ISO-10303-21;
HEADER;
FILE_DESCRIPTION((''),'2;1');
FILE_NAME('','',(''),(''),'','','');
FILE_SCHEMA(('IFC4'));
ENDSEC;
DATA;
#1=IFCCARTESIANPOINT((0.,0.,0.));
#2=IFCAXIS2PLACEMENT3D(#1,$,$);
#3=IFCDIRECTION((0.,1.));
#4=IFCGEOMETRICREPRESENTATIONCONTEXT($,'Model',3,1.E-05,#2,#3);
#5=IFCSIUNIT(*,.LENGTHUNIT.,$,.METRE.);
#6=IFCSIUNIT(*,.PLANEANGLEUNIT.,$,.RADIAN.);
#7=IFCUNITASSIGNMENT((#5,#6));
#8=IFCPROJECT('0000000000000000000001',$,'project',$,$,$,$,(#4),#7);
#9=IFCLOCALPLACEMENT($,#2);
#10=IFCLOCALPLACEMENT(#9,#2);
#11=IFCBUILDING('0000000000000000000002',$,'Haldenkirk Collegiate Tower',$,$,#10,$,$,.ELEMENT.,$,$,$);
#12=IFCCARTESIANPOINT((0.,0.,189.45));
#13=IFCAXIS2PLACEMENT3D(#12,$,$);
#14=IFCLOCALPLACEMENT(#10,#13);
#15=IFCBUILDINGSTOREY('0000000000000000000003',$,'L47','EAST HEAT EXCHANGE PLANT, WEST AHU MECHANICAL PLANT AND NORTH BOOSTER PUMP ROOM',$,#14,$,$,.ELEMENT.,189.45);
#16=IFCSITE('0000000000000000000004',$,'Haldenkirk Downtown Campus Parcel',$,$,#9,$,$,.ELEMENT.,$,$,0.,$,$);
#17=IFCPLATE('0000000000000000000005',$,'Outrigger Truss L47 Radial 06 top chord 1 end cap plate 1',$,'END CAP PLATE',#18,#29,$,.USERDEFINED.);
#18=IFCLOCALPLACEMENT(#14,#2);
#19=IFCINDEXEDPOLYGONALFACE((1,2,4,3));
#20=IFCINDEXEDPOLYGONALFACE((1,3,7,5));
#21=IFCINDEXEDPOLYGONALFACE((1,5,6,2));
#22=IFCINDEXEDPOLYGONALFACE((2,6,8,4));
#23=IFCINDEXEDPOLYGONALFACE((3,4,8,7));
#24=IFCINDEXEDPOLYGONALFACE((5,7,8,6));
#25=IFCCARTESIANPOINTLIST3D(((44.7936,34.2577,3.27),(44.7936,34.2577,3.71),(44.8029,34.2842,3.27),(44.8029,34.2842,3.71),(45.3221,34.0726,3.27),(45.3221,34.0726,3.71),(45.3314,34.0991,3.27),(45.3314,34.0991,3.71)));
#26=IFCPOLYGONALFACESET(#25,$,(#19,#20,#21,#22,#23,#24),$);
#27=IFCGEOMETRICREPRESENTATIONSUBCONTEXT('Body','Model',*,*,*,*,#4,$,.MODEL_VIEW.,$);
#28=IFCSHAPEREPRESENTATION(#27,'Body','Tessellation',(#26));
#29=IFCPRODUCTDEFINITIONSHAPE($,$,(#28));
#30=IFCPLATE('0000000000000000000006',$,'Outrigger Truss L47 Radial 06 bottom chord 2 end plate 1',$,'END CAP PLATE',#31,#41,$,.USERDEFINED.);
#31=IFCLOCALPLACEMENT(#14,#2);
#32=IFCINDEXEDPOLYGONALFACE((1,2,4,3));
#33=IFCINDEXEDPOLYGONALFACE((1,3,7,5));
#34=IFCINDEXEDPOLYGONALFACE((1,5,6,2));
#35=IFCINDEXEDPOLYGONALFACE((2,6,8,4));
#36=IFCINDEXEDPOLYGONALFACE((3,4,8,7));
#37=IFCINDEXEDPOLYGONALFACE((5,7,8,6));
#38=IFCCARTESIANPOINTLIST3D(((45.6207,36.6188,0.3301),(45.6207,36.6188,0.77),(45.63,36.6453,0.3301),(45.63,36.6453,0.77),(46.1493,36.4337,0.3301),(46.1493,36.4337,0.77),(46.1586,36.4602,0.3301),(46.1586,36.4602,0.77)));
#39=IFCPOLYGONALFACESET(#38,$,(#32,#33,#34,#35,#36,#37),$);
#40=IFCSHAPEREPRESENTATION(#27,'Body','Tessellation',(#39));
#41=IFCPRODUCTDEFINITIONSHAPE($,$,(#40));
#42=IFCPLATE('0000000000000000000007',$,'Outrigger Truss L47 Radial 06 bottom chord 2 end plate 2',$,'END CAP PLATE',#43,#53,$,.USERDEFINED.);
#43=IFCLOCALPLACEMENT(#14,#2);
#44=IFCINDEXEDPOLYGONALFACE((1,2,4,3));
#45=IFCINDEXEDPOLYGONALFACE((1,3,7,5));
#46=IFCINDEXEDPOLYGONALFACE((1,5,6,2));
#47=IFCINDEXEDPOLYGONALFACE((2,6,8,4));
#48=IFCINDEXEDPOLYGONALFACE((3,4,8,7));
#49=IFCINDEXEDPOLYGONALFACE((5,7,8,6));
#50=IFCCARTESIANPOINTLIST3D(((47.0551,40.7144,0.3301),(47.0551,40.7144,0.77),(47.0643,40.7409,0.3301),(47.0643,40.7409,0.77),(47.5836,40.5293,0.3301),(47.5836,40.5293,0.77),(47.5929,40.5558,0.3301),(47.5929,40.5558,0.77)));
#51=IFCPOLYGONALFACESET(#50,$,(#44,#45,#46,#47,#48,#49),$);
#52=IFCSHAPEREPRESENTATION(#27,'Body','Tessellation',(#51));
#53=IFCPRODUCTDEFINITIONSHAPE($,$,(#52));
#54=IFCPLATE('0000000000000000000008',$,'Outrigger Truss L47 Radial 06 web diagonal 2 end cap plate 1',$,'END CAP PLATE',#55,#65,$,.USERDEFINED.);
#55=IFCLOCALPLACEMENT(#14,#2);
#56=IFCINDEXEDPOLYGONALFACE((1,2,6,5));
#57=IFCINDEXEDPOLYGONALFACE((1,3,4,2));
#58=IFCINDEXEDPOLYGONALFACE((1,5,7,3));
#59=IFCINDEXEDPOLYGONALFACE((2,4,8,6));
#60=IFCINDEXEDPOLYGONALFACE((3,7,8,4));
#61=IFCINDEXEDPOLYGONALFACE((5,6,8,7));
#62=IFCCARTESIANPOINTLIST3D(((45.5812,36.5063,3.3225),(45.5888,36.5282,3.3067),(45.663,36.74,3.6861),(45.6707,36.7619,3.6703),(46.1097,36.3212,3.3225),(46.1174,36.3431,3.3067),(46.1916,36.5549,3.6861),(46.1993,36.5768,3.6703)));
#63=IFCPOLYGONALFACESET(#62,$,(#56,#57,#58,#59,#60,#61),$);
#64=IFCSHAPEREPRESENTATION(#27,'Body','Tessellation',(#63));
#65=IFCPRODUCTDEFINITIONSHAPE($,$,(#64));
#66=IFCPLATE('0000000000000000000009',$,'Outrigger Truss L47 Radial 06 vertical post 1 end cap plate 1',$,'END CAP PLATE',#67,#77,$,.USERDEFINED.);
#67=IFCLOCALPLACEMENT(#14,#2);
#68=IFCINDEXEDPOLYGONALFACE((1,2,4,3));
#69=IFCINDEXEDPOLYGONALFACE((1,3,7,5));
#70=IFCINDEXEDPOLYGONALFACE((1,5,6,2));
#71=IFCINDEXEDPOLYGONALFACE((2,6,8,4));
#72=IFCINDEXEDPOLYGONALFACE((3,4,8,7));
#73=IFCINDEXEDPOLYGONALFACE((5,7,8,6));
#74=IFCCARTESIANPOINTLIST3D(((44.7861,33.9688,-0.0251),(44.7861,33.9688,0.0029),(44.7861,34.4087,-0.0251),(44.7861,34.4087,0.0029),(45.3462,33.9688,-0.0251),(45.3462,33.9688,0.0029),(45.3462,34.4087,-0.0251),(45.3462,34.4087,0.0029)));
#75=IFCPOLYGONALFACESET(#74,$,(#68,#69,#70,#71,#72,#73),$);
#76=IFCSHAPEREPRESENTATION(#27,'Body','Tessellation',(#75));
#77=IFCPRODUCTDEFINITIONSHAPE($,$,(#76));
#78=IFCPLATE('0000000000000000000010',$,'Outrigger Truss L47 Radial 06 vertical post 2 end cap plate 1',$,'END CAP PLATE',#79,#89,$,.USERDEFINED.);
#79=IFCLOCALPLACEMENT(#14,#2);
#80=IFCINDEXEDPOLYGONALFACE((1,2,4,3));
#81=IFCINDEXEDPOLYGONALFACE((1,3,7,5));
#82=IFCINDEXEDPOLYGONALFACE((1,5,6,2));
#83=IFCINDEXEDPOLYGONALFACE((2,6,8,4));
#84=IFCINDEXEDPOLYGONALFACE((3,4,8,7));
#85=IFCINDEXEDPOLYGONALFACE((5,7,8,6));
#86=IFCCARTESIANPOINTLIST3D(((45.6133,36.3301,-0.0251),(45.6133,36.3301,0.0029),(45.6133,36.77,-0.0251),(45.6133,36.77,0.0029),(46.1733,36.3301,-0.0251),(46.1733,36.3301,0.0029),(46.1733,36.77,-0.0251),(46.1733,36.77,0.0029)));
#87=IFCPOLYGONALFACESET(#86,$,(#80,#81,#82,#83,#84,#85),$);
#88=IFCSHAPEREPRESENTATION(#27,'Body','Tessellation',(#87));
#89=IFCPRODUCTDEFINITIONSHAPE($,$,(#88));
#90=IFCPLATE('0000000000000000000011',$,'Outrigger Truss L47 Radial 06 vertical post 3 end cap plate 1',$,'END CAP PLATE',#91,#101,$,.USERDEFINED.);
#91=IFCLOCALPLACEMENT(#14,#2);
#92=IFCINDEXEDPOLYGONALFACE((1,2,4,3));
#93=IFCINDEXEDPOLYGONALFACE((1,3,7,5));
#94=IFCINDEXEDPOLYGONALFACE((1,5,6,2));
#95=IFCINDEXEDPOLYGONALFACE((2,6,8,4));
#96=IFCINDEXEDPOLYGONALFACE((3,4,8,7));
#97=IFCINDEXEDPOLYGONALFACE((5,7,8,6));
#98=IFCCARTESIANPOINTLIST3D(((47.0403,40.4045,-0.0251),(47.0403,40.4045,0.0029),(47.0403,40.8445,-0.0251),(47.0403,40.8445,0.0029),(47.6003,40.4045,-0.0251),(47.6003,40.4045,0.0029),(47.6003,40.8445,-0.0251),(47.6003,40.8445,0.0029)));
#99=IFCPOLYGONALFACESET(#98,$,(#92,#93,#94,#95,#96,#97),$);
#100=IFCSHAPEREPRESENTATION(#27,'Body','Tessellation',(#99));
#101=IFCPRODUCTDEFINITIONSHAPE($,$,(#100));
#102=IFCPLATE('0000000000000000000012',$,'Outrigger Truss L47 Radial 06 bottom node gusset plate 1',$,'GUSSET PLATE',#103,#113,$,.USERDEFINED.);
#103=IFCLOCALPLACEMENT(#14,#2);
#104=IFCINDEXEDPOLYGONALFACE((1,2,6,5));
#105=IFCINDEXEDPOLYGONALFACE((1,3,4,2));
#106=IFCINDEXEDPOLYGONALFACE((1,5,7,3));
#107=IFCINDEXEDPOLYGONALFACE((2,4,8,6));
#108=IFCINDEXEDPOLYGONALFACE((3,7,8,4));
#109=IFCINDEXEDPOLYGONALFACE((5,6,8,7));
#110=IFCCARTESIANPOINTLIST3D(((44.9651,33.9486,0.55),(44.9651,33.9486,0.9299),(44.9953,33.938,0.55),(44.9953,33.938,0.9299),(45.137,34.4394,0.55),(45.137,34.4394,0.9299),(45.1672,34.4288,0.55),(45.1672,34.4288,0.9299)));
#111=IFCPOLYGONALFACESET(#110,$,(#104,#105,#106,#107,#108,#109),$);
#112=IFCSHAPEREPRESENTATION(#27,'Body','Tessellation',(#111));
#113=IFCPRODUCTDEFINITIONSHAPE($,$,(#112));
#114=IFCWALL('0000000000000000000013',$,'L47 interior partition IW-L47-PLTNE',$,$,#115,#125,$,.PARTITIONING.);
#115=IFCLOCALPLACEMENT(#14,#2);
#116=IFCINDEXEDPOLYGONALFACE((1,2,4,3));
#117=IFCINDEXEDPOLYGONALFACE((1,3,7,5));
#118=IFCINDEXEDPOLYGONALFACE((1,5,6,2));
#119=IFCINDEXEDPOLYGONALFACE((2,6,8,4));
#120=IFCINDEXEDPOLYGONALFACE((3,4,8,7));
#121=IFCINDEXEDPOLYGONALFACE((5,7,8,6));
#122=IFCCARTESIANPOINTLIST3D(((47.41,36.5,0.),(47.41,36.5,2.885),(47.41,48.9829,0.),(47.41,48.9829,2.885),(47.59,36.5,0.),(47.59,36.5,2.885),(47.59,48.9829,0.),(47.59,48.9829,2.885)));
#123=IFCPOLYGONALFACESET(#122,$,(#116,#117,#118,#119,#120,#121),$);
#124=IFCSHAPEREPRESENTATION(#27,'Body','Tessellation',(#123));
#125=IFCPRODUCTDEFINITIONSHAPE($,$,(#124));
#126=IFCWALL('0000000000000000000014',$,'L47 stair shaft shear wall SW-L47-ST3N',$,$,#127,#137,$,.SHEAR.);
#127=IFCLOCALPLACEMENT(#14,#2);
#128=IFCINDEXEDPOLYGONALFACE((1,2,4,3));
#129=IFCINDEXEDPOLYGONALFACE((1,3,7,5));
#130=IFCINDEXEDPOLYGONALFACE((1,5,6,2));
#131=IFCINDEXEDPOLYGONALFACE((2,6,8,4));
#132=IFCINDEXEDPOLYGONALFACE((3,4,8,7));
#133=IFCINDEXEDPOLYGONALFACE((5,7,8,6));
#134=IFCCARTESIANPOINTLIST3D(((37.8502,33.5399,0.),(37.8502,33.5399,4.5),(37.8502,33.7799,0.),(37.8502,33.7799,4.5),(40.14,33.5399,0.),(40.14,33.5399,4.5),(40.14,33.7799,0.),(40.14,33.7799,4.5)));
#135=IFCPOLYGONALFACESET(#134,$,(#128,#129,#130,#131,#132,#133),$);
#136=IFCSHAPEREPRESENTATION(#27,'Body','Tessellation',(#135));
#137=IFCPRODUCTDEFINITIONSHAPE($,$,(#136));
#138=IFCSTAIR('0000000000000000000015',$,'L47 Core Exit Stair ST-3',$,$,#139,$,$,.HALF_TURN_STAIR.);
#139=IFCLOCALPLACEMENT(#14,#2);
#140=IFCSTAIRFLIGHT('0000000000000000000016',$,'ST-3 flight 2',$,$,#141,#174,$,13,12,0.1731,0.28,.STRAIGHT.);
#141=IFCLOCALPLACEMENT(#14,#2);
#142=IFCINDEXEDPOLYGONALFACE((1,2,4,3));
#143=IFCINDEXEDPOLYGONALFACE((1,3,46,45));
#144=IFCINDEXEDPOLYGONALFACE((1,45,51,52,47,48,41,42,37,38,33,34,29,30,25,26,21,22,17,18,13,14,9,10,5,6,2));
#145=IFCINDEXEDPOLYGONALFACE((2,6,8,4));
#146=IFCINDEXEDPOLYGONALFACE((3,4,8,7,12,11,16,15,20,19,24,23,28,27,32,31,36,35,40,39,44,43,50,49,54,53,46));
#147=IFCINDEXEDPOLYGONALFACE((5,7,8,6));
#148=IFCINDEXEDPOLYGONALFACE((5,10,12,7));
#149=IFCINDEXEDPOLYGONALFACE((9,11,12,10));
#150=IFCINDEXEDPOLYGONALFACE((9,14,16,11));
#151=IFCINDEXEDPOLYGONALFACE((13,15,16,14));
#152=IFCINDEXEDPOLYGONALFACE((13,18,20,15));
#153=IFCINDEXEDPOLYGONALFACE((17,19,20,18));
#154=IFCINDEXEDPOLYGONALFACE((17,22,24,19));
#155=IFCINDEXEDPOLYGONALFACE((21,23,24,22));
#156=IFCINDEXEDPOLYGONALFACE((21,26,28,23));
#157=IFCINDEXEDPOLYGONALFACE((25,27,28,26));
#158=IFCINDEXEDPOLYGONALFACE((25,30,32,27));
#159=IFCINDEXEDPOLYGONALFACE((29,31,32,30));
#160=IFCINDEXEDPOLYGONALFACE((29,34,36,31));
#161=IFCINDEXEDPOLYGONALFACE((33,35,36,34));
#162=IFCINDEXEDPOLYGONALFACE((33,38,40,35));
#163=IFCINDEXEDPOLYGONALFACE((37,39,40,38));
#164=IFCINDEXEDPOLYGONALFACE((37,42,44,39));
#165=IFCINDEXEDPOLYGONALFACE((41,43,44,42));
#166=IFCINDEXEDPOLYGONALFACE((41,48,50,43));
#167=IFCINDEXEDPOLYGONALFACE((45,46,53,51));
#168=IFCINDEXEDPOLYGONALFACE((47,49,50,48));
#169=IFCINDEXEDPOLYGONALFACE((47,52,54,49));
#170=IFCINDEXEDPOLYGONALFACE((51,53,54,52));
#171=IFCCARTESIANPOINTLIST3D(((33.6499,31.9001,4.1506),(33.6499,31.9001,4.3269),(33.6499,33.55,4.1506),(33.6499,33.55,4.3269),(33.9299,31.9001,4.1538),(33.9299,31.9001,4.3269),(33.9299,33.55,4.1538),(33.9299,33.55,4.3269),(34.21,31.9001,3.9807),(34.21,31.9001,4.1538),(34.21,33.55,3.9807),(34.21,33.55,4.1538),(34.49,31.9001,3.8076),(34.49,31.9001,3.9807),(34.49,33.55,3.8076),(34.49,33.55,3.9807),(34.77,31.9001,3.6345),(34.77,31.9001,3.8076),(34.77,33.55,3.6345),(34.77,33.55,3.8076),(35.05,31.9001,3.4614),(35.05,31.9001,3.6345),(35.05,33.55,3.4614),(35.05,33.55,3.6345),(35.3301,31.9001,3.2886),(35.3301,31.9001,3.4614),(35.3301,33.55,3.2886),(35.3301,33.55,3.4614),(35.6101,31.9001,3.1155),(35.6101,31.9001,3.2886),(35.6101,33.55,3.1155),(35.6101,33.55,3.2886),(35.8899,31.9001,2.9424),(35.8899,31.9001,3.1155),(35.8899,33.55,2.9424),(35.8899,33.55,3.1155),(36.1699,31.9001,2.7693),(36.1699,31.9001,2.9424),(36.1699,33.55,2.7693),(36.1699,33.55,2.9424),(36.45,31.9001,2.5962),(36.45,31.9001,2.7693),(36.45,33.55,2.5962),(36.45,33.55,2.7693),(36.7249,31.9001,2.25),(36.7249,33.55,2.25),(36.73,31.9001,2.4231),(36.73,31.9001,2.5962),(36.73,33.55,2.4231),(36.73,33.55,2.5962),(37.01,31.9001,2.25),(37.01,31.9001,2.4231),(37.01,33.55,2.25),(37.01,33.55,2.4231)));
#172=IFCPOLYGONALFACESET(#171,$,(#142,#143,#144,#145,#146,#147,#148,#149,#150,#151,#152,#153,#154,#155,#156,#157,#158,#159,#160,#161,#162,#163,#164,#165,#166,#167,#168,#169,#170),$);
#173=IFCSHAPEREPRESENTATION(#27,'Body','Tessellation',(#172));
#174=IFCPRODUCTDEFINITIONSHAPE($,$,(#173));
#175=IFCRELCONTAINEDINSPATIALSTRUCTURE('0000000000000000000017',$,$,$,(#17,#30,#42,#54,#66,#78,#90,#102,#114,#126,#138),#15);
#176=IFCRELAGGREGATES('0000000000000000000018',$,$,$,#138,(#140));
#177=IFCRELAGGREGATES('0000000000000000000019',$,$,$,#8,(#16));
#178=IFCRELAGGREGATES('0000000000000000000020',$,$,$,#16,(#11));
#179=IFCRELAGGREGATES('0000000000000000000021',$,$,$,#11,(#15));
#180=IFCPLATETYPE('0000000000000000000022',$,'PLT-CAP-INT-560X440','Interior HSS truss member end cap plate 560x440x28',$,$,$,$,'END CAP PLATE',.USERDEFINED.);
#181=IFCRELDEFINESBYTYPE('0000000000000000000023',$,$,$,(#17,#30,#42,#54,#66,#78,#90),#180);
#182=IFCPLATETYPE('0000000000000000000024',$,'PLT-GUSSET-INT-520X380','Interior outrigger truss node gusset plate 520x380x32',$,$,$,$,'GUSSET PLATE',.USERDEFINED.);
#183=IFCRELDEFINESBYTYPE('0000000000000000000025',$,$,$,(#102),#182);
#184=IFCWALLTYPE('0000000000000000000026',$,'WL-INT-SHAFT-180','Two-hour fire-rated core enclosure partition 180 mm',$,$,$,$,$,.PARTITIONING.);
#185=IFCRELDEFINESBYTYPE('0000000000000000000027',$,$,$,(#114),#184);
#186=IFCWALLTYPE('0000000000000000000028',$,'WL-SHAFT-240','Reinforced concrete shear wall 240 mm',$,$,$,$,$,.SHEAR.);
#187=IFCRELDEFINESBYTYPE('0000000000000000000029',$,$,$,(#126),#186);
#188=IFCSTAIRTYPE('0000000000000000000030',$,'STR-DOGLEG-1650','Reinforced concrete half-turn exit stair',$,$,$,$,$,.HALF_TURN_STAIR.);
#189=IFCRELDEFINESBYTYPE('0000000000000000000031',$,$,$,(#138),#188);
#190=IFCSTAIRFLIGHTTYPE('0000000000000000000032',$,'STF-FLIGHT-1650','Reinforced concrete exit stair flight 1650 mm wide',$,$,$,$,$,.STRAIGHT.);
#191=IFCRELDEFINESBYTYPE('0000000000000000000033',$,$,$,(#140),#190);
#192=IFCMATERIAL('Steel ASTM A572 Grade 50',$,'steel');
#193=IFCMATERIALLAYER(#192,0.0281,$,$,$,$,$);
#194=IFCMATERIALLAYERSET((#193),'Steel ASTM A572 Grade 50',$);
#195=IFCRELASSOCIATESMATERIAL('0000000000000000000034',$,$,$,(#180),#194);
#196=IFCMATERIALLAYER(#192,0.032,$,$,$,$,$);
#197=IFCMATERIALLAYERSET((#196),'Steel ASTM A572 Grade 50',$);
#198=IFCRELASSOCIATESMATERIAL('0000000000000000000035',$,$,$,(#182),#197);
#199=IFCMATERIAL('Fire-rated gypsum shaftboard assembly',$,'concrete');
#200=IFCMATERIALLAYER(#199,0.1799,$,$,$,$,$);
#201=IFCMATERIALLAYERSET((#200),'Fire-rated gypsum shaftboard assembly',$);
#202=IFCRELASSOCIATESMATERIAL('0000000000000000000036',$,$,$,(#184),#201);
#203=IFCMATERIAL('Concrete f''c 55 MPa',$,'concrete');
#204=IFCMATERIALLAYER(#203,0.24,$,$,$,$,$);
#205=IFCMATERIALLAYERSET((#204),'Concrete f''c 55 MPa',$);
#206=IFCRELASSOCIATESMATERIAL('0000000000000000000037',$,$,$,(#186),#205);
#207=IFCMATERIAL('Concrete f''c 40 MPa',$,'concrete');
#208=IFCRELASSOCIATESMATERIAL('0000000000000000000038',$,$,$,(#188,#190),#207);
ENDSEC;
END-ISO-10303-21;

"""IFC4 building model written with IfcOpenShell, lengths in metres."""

from ifc_helpers import new_model, si_unit, direction, frame, frame_2d, origin, origin_2d, place, context, subcontext, project, spatial, polyline, rectangle, outline, extrude, source, transform, mapped, material, layer, layer_set, type_object, element, aggregate, save


model = new_model("IFC4")

# Units and contexts
model_context = context("Model", 3, precision=1e-05, world=origin(), true_north=direction((0.0, 1.0)))
body_context = subcontext(model_context, "Body", "Model", "MODEL_VIEW")
ifc_project = project(units=[si_unit("LENGTHUNIT", "METRE"), si_unit("PLANEANGLEUNIT", "RADIAN")], contexts=[model_context])

# Site, building, storey
site_placement = place(None, origin())
site = spatial("IfcSite", under=ifc_project, at=site_placement, Name="Haldenkirk Downtown Campus Parcel", CompositionType="ELEMENT", RefElevation=0.0)
building_placement = place(site_placement, origin())
building = spatial("IfcBuilding", under=site, at=building_placement, Name="Haldenkirk Collegiate Tower", CompositionType="ELEMENT")
storey_placement = place(building_placement, frame((0.0, 0.0, 189.45)))
storey = spatial("IfcBuildingStorey", under=building, at=storey_placement, Name="L47", Description="EAST HEAT EXCHANGE PLANT, WEST AHU MECHANICAL PLANT AND NORTH BOOSTER PUMP ROOM", CompositionType="ELEMENT", Elevation=189.45)

# Shared definitions
ifc_material_1 = material(Name="Steel ASTM A572 Grade 50", Category="steel")

# Plates
ifc_layer_1 = layer(ifc_material_1, 0.0281)
ifc_layer_set_1 = layer_set([ifc_layer_1], Name="Steel ASTM A572 Grade 50")
plate_type_1 = type_object("IfcPlateType", Name="PLT-CAP-INT-560X440", Description="Interior HSS truss member end cap plate 560x440x28", ElementType="END CAP PLATE", PredefinedType="USERDEFINED", material=ifc_layer_set_1)
shared_shape_1 = source(origin(), body_context, "Body", "SweptSolid", [
    extrude(rectangle(XDim=0.5601, YDim=0.4399, at=origin_2d()), origin(), (0.0, 0.0, 1.0), 0.0281),
])
for number, where, z_axis, x_axis, name in (
    (1, (45.0671, 34.1917, 3.49), (-0.330593, -0.943773, 0.0), (0.943773, -0.330593, 0.0), "Outrigger Truss L47 Radial 06 top chord 1 end cap plate 1"),
    (2, (45.8943, 36.5527, 0.55), (-0.330583, -0.943777, 0.0), (0.943777, -0.330583, 0.0), "Outrigger Truss L47 Radial 06 bottom chord 2 end plate 1"),
    (3, (47.3193, 40.6218, 0.55), (0.330583, 0.943777, 0.0), (-0.943777, 0.330583, 0.0), "Outrigger Truss L47 Radial 06 bottom chord 2 end plate 2"),
    (4, (45.894, 36.5525, 3.4885), (-0.273241, -0.780074, 0.562871), (0.943777, -0.330582, 0.0), "Outrigger Truss L47 Radial 06 web diagonal 2 end cap plate 1"),
    (5, (45.0662, 34.1887, 0.0029), (0.0, 0.0, -1.0), (1.0, 0.0, 0.0), "Outrigger Truss L47 Radial 06 vertical post 1 end cap plate 1"),
    (6, (45.8933, 36.55, 0.0029), (0.0, 0.0, -1.0), (1.0, 0.0, 0.0), "Outrigger Truss L47 Radial 06 vertical post 2 end cap plate 1"),
    (7, (47.3203, 40.6245, 0.0029), (0.0, 0.0, -1.0), (1.0, 0.0, 0.0), "Outrigger Truss L47 Radial 06 vertical post 3 end cap plate 1"),
):
    element("IfcPlate", number, at=place(storey_placement, frame(where, z_axis=z_axis, x_axis=x_axis)), inside=storey, type_object=plate_type_1, Name=name, ObjectType="END CAP PLATE", PredefinedType="USERDEFINED", context=body_context, shape_type="MappedRepresentation", body=[
        mapped(shared_shape_1, transform((0.0, 0.0, 0.0), x_axis=(1.0, 0.0, 0.0), y_axis=(0.0, 1.0, 0.0), z_axis=(0.0, 0.0, 1.0), scale=1.0)),
    ])
ifc_layer_2 = layer(ifc_material_1, 0.032)
ifc_layer_set_2 = layer_set([ifc_layer_2], Name="Steel ASTM A572 Grade 50")
plate_type_2 = type_object("IfcPlateType", Name="PLT-GUSSET-INT-520X380", Description="Interior outrigger truss node gusset plate 520x380x32", ElementType="GUSSET PLATE", PredefinedType="USERDEFINED", material=ifc_layer_set_2)
shared_shape_2 = source(origin(), body_context, "Body", "SweptSolid", [
    extrude(rectangle(XDim=0.52, YDim=0.032, at=origin_2d()), origin(), (0.0, 0.0, 1.0), 0.3799),
])
plate_placement = place(storey_placement, frame((45.0662, 34.1887, 0.55), z_axis=(0.0, 0.0, 1.0), x_axis=(0.330583, 0.943777, 0.0)))
element("IfcPlate", 8, at=plate_placement, inside=storey, type_object=plate_type_2, Name="Outrigger Truss L47 Radial 06 bottom node gusset plate 1", ObjectType="GUSSET PLATE", PredefinedType="USERDEFINED", context=body_context, shape_type="MappedRepresentation", body=[
    mapped(shared_shape_2, transform((0.0, 0.0, 0.0), x_axis=(1.0, 0.0, 0.0), y_axis=(0.0, 1.0, 0.0), z_axis=(0.0, 0.0, 1.0), scale=1.0)),
])

# Walls
ifc_material_2 = material(Name="Fire-rated gypsum shaftboard assembly", Category="concrete")
ifc_layer_3 = layer(ifc_material_2, 0.1799)
ifc_layer_set_3 = layer_set([ifc_layer_3], Name="Fire-rated gypsum shaftboard assembly")
wall_type_1 = type_object("IfcWallType", Name="WL-INT-SHAFT-180", Description="Two-hour fire-rated core enclosure partition 180 mm", PredefinedType="PARTITIONING", material=ifc_layer_set_3)
wall_1_placement = place(storey_placement, frame((47.5, 36.5, 0.0), z_axis=(0.0, 0.0, 1.0), x_axis=(0.0, 1.0, 0.0)))
element("IfcWall", 9, at=wall_1_placement, inside=storey, type_object=wall_type_1, Name="L47 interior partition IW-L47-PLTNE", PredefinedType="PARTITIONING", context=body_context, shape_type="SweptSolid", body=[
    extrude(rectangle(XDim=12.4829, YDim=0.1799, at=frame_2d((6.2415, 0.0))), origin(), (0.0, 0.0, 1.0), 2.885),
])
ifc_material_3 = material(Name="Concrete f'c 55 MPa", Category="concrete")
ifc_layer_4 = layer(ifc_material_3, 0.24)
ifc_layer_set_4 = layer_set([ifc_layer_4], Name="Concrete f'c 55 MPa")
wall_type_2 = type_object("IfcWallType", Name="WL-SHAFT-240", Description="Reinforced concrete shear wall 240 mm", PredefinedType="SHEAR", material=ifc_layer_set_4)
wall_2_placement = place(storey_placement, frame((37.8501, 33.6599, 0.0), z_axis=(0.0, 0.0, 1.0), x_axis=(1.0, 0.0, 0.0)))
element("IfcWall", 10, at=wall_2_placement, inside=storey, type_object=wall_type_2, Name="L47 stair shaft shear wall SW-L47-ST3N", PredefinedType="SHEAR", context=body_context, shape_type="SweptSolid", body=[
    extrude(rectangle(XDim=2.2898, YDim=0.24, at=frame_2d((1.145, 0.0))), origin(), (0.0, 0.0, 1.0), 4.5),
])

# Stair, stair flight
ifc_material_4 = material(Name="Concrete f'c 40 MPa", Category="concrete")
stair_type = type_object("IfcStairType", Name="STR-DOGLEG-1650", Description="Reinforced concrete half-turn exit stair", PredefinedType="HALF_TURN_STAIR", material=ifc_material_4)
stair_placement = place(storey_placement, origin())
stair = element("IfcStair", 11, at=stair_placement, inside=storey, type_object=stair_type, Name="L47 Core Exit Stair ST-3", PredefinedType="HALF_TURN_STAIR")
stair_flight_type = type_object("IfcStairFlightType", Name="STF-FLIGHT-1650", Description="Reinforced concrete exit stair flight 1650 mm wide", PredefinedType="STRAIGHT", material=ifc_material_4)
stair_flight_placement = place(storey_placement, frame((37.01, 32.7251, 2.25), z_axis=(0.0, 0.0, 1.0), x_axis=(-1.0, 0.0, 0.0)))
stair_flight = element("IfcStairFlight", 12, at=stair_flight_placement, type_object=stair_flight_type, Name="ST-3 flight 2", NumberOfRisers=13, NumberOfTreads=12, PredefinedType="STRAIGHT", RiserHeight=0.1731, TreadLength=0.28, context=body_context, shape_type="SweptSolid", body=[
    extrude(outline(polyline([(0.0, 0.0), (0.0, 0.1731), (0.28, 0.1731), (0.28, 0.3462), (0.5601, 0.3462), (0.5601, 0.5193), (0.8401, 0.5193), (0.8401, 0.6924), (1.1201, 0.6924), (1.1201, 0.8655), (1.3999, 0.8655), (1.3999, 1.0386), (1.6799, 1.0386), (1.6799, 1.2114), (1.96, 1.2114), (1.96, 1.3845), (2.24, 1.3845), (2.24, 1.5576), (2.52, 1.5576), (2.52, 1.7307), (2.8, 1.7307), (2.8, 1.9038), (3.0801, 1.9038), (3.0801, 2.0769), (3.3601, 2.0769), (3.3601, 2.25), (3.3601, 1.9006), (0.2852, 0.0), (0.0, 0.0)])), frame((0.0, 0.825, 0.0), z_axis=(0.0, -1.0, 0.0), x_axis=(1.0, 0.0, 0.0)), (0.0, 0.0, 1.0), 1.6499),
])
aggregate(stair, [stair_flight])

save(model, "model.ifc")
